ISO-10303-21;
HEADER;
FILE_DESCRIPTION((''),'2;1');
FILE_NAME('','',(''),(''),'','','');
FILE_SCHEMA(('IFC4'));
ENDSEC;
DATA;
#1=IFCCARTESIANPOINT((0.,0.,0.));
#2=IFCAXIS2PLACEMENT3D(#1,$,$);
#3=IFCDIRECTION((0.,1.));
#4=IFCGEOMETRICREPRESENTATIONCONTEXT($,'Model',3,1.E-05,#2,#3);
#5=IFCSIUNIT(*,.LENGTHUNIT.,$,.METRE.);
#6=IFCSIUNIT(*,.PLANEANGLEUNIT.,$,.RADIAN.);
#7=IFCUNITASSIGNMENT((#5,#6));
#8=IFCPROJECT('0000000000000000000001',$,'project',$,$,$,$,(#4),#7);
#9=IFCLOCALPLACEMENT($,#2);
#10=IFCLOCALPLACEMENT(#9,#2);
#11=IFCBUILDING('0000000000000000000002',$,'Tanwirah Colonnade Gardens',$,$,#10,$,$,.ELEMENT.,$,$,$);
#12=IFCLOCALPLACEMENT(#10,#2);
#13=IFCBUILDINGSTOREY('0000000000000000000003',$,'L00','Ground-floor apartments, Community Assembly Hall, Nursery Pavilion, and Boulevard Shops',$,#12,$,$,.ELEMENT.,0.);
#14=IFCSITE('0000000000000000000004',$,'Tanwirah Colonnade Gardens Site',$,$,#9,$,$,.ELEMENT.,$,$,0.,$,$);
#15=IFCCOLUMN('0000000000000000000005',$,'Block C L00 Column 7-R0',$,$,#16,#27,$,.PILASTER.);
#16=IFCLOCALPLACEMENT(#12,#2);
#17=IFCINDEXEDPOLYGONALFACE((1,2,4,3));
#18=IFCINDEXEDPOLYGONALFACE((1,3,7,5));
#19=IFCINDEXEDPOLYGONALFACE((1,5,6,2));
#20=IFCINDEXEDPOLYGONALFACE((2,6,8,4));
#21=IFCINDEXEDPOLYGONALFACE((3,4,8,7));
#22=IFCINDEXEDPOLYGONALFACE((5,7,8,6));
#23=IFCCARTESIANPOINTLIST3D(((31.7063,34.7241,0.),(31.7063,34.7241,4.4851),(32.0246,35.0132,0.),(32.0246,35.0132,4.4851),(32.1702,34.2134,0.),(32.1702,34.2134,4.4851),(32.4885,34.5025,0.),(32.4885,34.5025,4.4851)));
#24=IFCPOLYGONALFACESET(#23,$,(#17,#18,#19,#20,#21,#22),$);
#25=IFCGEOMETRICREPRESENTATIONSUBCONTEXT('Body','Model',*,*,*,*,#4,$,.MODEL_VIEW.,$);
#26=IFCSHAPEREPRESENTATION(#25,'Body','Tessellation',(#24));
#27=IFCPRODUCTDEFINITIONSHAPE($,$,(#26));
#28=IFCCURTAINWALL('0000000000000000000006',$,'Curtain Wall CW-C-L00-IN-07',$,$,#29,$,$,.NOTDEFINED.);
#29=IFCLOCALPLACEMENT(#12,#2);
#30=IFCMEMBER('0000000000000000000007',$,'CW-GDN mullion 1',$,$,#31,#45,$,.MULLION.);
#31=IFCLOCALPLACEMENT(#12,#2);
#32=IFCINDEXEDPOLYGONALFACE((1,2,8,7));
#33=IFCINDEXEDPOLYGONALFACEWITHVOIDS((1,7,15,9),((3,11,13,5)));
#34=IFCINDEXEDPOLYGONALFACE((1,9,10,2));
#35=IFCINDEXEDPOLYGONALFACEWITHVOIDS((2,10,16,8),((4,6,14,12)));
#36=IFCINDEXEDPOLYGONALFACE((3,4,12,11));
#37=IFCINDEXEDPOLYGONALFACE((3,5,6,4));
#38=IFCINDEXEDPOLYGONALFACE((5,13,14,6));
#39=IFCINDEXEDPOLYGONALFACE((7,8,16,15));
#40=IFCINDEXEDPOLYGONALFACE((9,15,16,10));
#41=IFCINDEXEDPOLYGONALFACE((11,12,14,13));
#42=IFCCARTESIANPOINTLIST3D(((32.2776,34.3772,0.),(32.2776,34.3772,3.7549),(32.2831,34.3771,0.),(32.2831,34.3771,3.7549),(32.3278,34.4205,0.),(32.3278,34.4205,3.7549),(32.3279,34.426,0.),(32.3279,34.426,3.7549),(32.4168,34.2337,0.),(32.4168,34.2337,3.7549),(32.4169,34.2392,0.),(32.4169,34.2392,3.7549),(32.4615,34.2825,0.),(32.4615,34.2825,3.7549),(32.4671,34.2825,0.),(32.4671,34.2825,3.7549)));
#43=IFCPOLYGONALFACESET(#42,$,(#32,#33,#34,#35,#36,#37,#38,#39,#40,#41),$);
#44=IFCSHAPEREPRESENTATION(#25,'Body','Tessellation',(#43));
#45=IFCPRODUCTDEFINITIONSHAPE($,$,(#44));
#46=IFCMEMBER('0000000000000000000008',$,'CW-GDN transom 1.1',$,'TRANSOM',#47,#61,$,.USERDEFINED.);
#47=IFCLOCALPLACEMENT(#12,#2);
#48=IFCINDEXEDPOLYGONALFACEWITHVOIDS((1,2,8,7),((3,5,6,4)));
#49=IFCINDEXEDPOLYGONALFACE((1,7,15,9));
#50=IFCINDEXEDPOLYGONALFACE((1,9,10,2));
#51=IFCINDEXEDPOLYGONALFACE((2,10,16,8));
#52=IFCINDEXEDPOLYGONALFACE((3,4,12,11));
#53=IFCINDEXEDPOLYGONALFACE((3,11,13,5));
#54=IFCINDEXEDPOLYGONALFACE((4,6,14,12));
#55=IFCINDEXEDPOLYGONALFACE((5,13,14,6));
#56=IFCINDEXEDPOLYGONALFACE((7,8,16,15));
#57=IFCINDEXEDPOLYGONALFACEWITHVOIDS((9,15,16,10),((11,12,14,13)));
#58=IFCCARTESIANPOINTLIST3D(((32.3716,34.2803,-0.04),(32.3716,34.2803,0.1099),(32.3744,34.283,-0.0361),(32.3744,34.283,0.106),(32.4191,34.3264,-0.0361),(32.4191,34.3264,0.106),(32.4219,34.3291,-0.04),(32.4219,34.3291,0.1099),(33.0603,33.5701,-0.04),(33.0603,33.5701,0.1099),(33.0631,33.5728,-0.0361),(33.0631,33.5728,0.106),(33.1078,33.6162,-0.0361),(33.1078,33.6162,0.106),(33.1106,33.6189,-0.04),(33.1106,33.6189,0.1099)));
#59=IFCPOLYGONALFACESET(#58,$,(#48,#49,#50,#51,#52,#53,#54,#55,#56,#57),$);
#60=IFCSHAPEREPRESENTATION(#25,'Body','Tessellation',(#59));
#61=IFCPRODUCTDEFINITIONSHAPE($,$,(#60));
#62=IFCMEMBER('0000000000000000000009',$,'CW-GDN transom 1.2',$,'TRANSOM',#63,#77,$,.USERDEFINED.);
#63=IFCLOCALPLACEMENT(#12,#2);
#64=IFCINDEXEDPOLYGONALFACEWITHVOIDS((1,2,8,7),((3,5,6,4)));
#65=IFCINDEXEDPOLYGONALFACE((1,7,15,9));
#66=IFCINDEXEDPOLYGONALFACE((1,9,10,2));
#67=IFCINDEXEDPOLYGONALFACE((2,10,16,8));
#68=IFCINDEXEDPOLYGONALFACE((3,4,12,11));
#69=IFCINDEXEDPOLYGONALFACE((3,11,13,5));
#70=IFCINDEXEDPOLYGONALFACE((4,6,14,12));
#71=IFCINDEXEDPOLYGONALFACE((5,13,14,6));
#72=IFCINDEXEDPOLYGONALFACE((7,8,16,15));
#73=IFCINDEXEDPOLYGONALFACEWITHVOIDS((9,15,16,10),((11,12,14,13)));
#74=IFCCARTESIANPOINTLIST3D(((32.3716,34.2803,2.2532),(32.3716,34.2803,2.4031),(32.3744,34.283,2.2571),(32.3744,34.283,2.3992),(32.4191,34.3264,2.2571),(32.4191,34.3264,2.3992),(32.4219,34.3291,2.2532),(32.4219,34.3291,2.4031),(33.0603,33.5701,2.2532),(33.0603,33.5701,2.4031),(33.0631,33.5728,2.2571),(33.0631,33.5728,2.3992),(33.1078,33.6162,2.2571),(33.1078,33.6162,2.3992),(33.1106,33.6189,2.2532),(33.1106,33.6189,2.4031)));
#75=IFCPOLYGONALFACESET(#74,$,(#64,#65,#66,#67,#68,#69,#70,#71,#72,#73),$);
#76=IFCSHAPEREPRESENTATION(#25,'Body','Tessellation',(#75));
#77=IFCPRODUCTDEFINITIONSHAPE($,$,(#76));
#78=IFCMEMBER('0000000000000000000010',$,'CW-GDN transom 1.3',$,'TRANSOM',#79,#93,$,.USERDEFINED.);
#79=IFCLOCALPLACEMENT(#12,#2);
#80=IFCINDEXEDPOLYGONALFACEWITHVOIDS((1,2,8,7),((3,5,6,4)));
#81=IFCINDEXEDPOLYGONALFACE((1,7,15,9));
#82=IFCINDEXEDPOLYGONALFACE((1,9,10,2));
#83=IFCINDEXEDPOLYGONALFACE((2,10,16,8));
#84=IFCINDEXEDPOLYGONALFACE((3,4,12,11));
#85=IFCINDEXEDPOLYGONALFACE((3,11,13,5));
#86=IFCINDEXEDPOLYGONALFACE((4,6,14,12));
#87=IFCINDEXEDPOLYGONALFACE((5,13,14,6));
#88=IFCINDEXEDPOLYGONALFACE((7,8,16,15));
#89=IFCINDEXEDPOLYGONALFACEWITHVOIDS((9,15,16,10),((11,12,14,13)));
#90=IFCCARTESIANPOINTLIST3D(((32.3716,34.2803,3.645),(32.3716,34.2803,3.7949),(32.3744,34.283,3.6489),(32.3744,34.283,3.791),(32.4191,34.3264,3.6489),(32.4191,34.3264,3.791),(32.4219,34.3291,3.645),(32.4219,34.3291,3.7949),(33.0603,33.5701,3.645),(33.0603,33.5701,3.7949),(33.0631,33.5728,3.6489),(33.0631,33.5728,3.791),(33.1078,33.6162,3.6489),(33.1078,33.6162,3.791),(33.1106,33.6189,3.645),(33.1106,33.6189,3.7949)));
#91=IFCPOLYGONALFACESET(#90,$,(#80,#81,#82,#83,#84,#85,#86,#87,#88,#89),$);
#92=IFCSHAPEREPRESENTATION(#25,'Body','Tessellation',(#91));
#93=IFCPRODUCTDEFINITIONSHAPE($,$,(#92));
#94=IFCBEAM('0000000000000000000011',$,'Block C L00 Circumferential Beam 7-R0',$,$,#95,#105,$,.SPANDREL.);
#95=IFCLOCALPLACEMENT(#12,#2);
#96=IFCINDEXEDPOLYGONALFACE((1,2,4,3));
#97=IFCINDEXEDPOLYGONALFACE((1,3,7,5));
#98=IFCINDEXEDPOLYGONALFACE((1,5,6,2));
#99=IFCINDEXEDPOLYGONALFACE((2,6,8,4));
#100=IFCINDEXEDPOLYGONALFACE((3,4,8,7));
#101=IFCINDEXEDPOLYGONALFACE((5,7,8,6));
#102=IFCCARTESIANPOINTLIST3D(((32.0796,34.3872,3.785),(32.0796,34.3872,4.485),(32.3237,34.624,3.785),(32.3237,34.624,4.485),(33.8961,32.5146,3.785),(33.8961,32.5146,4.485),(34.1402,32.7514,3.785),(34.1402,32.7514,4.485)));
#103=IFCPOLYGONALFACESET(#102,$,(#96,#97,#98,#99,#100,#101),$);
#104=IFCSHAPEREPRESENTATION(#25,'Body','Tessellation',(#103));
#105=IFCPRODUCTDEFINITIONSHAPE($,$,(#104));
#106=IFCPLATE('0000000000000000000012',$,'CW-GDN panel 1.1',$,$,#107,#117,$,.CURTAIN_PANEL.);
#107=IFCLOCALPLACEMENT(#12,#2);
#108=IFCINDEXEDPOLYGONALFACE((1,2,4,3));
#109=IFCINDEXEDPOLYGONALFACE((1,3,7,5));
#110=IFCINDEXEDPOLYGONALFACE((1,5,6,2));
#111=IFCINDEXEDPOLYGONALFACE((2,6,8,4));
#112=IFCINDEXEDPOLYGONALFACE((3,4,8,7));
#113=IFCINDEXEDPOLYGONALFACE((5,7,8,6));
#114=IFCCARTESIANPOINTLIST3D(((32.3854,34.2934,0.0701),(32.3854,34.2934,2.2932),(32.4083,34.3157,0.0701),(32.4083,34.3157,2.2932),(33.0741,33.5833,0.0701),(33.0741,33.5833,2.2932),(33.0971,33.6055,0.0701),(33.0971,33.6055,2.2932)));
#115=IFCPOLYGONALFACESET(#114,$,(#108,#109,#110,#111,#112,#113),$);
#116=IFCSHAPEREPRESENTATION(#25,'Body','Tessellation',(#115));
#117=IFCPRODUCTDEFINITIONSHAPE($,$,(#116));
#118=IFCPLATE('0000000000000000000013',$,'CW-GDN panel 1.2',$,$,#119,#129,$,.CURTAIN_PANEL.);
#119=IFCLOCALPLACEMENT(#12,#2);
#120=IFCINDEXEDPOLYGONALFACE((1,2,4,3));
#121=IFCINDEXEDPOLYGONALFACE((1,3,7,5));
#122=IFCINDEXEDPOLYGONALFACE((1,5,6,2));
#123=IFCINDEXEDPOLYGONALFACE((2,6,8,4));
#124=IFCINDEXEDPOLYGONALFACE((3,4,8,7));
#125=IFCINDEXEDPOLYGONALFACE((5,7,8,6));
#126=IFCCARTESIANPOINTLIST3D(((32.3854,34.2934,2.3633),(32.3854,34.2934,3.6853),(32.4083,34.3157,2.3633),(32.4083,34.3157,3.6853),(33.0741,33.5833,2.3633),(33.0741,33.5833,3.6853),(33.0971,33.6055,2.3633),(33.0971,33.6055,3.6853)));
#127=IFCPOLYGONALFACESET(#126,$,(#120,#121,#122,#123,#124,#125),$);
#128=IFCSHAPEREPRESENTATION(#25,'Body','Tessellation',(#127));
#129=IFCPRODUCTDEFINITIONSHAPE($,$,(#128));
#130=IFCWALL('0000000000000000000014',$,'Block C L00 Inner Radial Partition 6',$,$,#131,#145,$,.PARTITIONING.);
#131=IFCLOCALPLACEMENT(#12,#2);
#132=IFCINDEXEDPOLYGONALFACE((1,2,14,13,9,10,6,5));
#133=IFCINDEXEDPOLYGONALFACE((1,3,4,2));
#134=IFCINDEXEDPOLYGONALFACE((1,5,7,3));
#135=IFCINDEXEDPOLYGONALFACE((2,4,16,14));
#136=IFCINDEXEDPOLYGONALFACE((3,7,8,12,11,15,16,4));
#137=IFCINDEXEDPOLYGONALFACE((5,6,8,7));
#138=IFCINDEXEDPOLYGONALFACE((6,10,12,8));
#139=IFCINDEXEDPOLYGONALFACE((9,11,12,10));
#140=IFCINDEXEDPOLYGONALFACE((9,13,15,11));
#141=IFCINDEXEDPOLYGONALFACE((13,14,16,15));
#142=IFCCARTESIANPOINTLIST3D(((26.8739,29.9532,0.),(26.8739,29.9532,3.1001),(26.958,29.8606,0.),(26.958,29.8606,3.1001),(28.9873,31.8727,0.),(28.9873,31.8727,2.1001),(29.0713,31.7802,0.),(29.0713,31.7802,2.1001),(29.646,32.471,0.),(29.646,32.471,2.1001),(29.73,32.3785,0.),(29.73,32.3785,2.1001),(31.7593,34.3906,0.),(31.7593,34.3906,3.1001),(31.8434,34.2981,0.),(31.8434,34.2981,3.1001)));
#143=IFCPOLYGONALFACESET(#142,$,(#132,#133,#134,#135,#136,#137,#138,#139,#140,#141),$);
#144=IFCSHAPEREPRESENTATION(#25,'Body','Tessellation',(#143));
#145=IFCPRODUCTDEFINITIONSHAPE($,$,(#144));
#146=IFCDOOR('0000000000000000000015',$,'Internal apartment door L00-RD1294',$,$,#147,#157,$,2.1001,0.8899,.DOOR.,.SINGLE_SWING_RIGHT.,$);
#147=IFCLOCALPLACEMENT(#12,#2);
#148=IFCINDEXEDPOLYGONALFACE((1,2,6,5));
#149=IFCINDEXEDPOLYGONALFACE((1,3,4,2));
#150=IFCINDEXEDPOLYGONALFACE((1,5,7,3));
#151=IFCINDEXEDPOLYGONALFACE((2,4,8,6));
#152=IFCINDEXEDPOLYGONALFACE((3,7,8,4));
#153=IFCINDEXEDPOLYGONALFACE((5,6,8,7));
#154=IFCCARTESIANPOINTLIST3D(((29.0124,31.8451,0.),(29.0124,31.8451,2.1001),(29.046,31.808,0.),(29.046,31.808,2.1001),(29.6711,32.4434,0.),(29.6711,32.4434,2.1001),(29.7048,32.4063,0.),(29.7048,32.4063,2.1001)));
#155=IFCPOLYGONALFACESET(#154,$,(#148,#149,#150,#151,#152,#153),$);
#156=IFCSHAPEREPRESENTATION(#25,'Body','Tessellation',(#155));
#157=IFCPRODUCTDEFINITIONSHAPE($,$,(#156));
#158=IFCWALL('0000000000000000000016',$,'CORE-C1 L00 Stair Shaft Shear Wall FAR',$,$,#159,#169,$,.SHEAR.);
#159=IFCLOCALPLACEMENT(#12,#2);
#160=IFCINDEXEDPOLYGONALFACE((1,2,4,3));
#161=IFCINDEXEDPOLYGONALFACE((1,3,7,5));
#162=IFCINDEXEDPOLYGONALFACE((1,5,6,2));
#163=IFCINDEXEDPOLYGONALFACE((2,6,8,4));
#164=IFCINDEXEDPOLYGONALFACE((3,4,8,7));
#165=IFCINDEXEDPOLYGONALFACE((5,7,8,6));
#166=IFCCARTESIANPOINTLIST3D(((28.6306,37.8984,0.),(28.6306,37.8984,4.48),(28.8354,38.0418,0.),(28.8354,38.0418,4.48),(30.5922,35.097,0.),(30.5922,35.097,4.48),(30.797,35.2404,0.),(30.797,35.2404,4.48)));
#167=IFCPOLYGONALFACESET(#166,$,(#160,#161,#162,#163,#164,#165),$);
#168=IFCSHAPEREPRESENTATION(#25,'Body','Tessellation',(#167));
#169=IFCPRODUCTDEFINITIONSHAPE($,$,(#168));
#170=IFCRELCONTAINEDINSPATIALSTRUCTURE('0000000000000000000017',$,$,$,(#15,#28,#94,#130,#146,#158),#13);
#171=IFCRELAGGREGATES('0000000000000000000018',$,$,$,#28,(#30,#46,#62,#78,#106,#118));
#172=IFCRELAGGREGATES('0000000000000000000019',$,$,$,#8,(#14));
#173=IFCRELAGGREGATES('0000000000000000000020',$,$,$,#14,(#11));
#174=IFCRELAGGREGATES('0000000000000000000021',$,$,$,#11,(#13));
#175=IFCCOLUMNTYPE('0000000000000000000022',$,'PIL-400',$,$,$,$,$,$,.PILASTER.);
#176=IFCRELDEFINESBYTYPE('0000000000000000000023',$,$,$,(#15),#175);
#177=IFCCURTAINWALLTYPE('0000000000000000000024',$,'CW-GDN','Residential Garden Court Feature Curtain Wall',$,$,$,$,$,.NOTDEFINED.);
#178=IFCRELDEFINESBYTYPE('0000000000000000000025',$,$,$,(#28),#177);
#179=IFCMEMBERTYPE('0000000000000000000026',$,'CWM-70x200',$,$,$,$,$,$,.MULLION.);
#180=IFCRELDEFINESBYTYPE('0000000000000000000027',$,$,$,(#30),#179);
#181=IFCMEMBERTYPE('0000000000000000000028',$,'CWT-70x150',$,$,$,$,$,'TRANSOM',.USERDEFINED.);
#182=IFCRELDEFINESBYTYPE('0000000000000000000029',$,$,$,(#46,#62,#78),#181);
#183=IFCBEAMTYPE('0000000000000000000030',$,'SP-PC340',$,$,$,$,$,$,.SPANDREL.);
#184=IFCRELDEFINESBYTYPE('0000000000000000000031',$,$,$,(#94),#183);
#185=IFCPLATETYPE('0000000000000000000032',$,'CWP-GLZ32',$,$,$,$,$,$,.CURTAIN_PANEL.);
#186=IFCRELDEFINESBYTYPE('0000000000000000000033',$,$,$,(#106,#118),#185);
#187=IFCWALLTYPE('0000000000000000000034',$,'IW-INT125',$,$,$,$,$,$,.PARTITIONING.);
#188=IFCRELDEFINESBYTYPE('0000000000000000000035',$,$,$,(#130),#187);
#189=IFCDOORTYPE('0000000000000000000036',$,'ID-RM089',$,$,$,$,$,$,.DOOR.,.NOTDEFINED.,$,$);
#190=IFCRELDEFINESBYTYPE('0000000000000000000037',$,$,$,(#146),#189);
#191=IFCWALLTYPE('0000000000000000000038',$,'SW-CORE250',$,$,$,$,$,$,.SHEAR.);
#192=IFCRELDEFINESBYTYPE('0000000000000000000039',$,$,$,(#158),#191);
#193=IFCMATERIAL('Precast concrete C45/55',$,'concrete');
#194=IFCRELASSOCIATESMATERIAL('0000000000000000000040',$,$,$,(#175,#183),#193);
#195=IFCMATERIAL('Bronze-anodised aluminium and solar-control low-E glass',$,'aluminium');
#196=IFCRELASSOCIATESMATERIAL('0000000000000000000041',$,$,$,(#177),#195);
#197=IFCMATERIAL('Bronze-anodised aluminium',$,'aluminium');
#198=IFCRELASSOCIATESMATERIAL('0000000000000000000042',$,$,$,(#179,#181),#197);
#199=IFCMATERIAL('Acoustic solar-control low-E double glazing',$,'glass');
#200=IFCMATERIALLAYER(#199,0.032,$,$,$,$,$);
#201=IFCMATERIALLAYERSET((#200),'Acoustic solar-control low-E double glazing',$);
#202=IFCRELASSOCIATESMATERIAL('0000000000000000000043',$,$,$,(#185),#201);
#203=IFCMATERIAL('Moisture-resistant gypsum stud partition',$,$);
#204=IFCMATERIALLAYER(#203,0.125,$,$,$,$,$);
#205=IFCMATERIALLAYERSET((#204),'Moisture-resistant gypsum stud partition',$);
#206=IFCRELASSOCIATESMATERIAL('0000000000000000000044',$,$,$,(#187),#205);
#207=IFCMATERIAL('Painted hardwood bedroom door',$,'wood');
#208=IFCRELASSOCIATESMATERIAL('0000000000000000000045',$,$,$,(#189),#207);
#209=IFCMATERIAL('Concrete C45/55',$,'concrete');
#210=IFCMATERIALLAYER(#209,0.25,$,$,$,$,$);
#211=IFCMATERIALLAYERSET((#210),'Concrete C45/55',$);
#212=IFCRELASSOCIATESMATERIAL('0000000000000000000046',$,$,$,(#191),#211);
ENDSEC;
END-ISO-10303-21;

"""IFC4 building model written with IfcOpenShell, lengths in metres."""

from ifc_helpers import new_model, si_unit, direction, frame, frame_2d, origin, origin_2d, place, context, subcontext, project, spatial, rectangle, hollow_rectangle, extrude, material, layer, layer_set, material_profile, profile_set, type_object, element, fill, aggregate, save


model = new_model("IFC4")

# Units and contexts
model_context = context("Model", 3, precision=1e-05, world=origin(), true_north=direction((0.0, 1.0)))
body_context = subcontext(model_context, "Body", "Model", "MODEL_VIEW")
ifc_project = project(units=[si_unit("LENGTHUNIT", "METRE"), si_unit("PLANEANGLEUNIT", "RADIAN")], contexts=[model_context])

# Site, building, storey
site_placement = place(None, origin())
site = spatial("IfcSite", under=ifc_project, at=site_placement, Name="Tanwirah Colonnade Gardens Site", CompositionType="ELEMENT", RefElevation=0.0)
building_placement = place(site_placement, origin())
building = spatial("IfcBuilding", under=site, at=building_placement, Name="Tanwirah Colonnade Gardens", CompositionType="ELEMENT")
storey_placement = place(building_placement, origin())
storey = spatial("IfcBuildingStorey", under=building, at=storey_placement, Name="L00", Description="Ground-floor apartments, Community Assembly Hall, Nursery Pavilion, and Boulevard Shops", CompositionType="ELEMENT", Elevation=0.0)

# Column
ifc_material_1 = material(Name="Precast concrete C45/55", Category="concrete")
ifc_material_profile_1 = material_profile(ifc_material_1, rectangle(XDim=0.4299, YDim=0.6899, at=origin_2d()), Name="PC-PIL 430x690")
ifc_profile_set_1 = profile_set([ifc_material_profile_1], Name="Precast concrete C45/55")
column_type = type_object("IfcColumnType", Name="PIL-400", PredefinedType="PILASTER", material=ifc_profile_set_1)
column_placement = place(storey_placement, frame((32.0974, 34.6133, 0.0), z_axis=(0.0, 0.0, 1.0), x_axis=(-0.740218, -0.672367, 0.0)))
element("IfcColumn", 1, at=column_placement, inside=storey, type_object=column_type, Name="Block C L00 Column 7-R0", PredefinedType="PILASTER", context=body_context, shape_type="SweptSolid", body=[
    extrude(rectangle(XDim=0.4299, YDim=0.6899, at=origin_2d()), origin(), (0.0, 0.0, 1.0), 4.4851),
])

# Curtain wall, members
ifc_material_2 = material(Name="Bronze-anodised aluminium and solar-control low-E glass", Category="aluminium")
curtain_wall_type = type_object("IfcCurtainWallType", Name="CW-GDN", Description="Residential Garden Court Feature Curtain Wall", PredefinedType="NOTDEFINED", material=ifc_material_2)
curtain_wall_placement = place(storey_placement, origin())
curtain_wall = element("IfcCurtainWall", 2, at=curtain_wall_placement, inside=storey, type_object=curtain_wall_type, Name="Curtain Wall CW-C-L00-IN-07", PredefinedType="NOTDEFINED")
ifc_material_3 = material(Name="Bronze-anodised aluminium", Category="aluminium")
ifc_material_profile_2 = material_profile(ifc_material_3, hollow_rectangle(XDim=0.0701, YDim=0.2, WallThickness=0.0039, at=origin_2d()), Name="CW-MUL 70x200x4")
ifc_profile_set_2 = profile_set([ifc_material_profile_2], Name="Bronze-anodised aluminium")
member_type_1 = type_object("IfcMemberType", Name="CWM-70x200", PredefinedType="MULLION", material=ifc_profile_set_2)
member_1_placement = place(storey_placement, frame((32.3723, 34.3298, 0.0), z_axis=(0.0, 0.0, 1.0), x_axis=(0.717825, 0.696223, 0.0)))
member_1 = element("IfcMember", 3, at=member_1_placement, type_object=member_type_1, Name="CW-GDN mullion 1", PredefinedType="MULLION", context=body_context, shape_type="SweptSolid", body=[
    extrude(hollow_rectangle(XDim=0.0701, YDim=0.2, WallThickness=0.0039, at=origin_2d()), origin(), (0.0, 0.0, 1.0), 3.7549),
])
ifc_material_profile_3 = material_profile(ifc_material_3, hollow_rectangle(XDim=0.0701, YDim=0.1499, WallThickness=0.0039, at=origin_2d()), Name="CW-TRN 70x150x4")
ifc_profile_set_3 = profile_set([ifc_material_profile_3], Name="Bronze-anodised aluminium")
member_type_2 = type_object("IfcMemberType", Name="CWT-70x150", ElementType="TRANSOM", PredefinedType="USERDEFINED", material=ifc_profile_set_3)
member_2_placement = place(storey_placement, frame((32.3967, 34.3047, 0.0349), z_axis=(0.696165, -0.717882, 0.0), x_axis=(0.717882, 0.696165, 0.0)))
member_2 = element("IfcMember", 4, at=member_2_placement, type_object=member_type_2, Name="CW-GDN transom 1.1", ObjectType="TRANSOM", PredefinedType="USERDEFINED", context=body_context, shape_type="SweptSolid", body=[
    extrude(hollow_rectangle(XDim=0.0701, YDim=0.1499, WallThickness=0.0039, at=origin_2d()), origin(), (0.0, 0.0, 1.0), 0.9893),
])
member_3_placement = place(storey_placement, frame((32.3967, 34.3047, 2.3281), z_axis=(0.696165, -0.717882, 0.0), x_axis=(0.717882, 0.696165, 0.0)))
member_3 = element("IfcMember", 5, at=member_3_placement, type_object=member_type_2, Name="CW-GDN transom 1.2", ObjectType="TRANSOM", PredefinedType="USERDEFINED", context=body_context, shape_type="SweptSolid", body=[
    extrude(hollow_rectangle(XDim=0.0701, YDim=0.1499, WallThickness=0.0039, at=origin_2d()), origin(), (0.0, 0.0, 1.0), 0.9893),
])
member_4_placement = place(storey_placement, frame((32.3967, 34.3047, 3.72), z_axis=(0.696165, -0.717882, 0.0), x_axis=(0.717882, 0.696165, 0.0)))
member_4 = element("IfcMember", 6, at=member_4_placement, type_object=member_type_2, Name="CW-GDN transom 1.3", ObjectType="TRANSOM", PredefinedType="USERDEFINED", context=body_context, shape_type="SweptSolid", body=[
    extrude(hollow_rectangle(XDim=0.0701, YDim=0.1499, WallThickness=0.0039, at=origin_2d()), origin(), (0.0, 0.0, 1.0), 0.9893),
])

# Beam
ifc_material_profile_4 = material_profile(ifc_material_1, rectangle(XDim=0.3401, YDim=0.7, at=origin_2d()), Name="PC-SP 340x700")
ifc_profile_set_4 = profile_set([ifc_material_profile_4], Name="Precast concrete C45/55")
beam_type = type_object("IfcBeamType", Name="SP-PC340", PredefinedType="SPANDREL", material=ifc_profile_set_4)
beam_placement = place(storey_placement, frame((32.2017, 34.5056, 4.135), z_axis=(0.696263, -0.717787, 0.0), x_axis=(0.717787, 0.696263, 0.0)))
element("IfcBeam", 7, at=beam_placement, inside=storey, type_object=beam_type, Name="Block C L00 Circumferential Beam 7-R0", PredefinedType="SPANDREL", context=body_context, shape_type="SweptSolid", body=[
    extrude(rectangle(XDim=0.3401, YDim=0.7, at=origin_2d()), origin(), (0.0, 0.0, 1.0), 2.6089),
])

# Plates
ifc_material_4 = material(Name="Acoustic solar-control low-E double glazing", Category="glass")
ifc_layer_1 = layer(ifc_material_4, 0.032)
ifc_layer_set_1 = layer_set([ifc_layer_1], Name="Acoustic solar-control low-E double glazing")
plate_type = type_object("IfcPlateType", Name="CWP-GLZ32", PredefinedType="CURTAIN_PANEL", material=ifc_layer_set_1)
plate_1_placement = place(storey_placement, frame((32.7412, 33.9495, 0.0701), z_axis=(0.0, 0.0, 1.0), x_axis=(0.696223, -0.717825, 0.0)))
plate_1 = element("IfcPlate", 8, at=plate_1_placement, type_object=plate_type, Name="CW-GDN panel 1.1", PredefinedType="CURTAIN_PANEL", context=body_context, shape_type="SweptSolid", body=[
    extrude(rectangle(XDim=0.9893, YDim=0.032, at=origin_2d()), origin(), (0.0, 0.0, 1.0), 2.2231),
])
plate_2_placement = place(storey_placement, frame((32.7412, 33.9495, 2.3633), z_axis=(0.0, 0.0, 1.0), x_axis=(0.696223, -0.717825, 0.0)))
plate_2 = element("IfcPlate", 9, at=plate_2_placement, type_object=plate_type, Name="CW-GDN panel 1.2", PredefinedType="CURTAIN_PANEL", context=body_context, shape_type="SweptSolid", body=[
    extrude(rectangle(XDim=0.9893, YDim=0.032, at=origin_2d()), origin(), (0.0, 0.0, 1.0), 1.322),
])
aggregate(curtain_wall, [member_1, member_2, member_3, member_4, plate_1, plate_2])

# Wall, opening, door
ifc_material_5 = material(Name="Moisture-resistant gypsum stud partition")
ifc_layer_2 = layer(ifc_material_5, 0.125)
ifc_layer_set_2 = layer_set([ifc_layer_2], Name="Moisture-resistant gypsum stud partition")
wall_type_1 = type_object("IfcWallType", Name="IW-INT125", PredefinedType="PARTITIONING", material=ifc_layer_set_2)
wall_1_placement = place(storey_placement, frame((31.8013, 34.3442, 0.0), z_axis=(0.0, 0.0, 1.0), x_axis=(-0.740231, -0.672352, 0.0)))
wall_1 = element("IfcWall", 10, at=wall_1_placement, inside=storey, type_object=wall_type_1, Name="Block C L00 Inner Radial Partition 6", PredefinedType="PARTITIONING", context=body_context, shape_type="SweptSolid", body=[
    extrude(rectangle(XDim=6.5999, YDim=0.125, at=frame_2d((3.2998, 0.0))), origin(), (0.0, 0.0, 1.0), 3.1001),
])
opening_1_placement = place(wall_1_placement, frame((2.855, 0.0, 0.0)))
opening_1 = element("IfcOpeningElement", 11, at=opening_1_placement, cuts=wall_1, PredefinedType="OPENING", context=body_context, shape_type="SweptSolid", body=[
    extrude(rectangle(XDim=0.8899, YDim=2.1001, at=frame_2d((0.4448, 1.05))), frame((0.0, 0.0725, 0.0), z_axis=(0.0, -1.0, 0.0), x_axis=(1.0, 0.0, 0.0)), (0.0, 0.0, 1.0), 0.145),
])
ifc_material_6 = material(Name="Painted hardwood bedroom door", Category="wood")
door_type_1 = type_object("IfcDoorType", Name="ID-RM089", OperationType="NOTDEFINED", PredefinedType="DOOR", material=ifc_material_6)
door_1_placement = place(opening_1_placement, origin())
door_1 = element("IfcDoor", 12, at=door_1_placement, inside=storey, type_object=door_type_1, Name="Internal apartment door L00-RD1294", OperationType="SINGLE_SWING_RIGHT", OverallHeight=2.1001, OverallWidth=0.8899, PredefinedType="DOOR", context=body_context, shape_type="SweptSolid", body=[
    extrude(rectangle(XDim=0.8899, YDim=2.1001, at=frame_2d((0.4448, 1.05))), frame((0.0, 0.0249, 0.0), z_axis=(0.0, -1.0, 0.0), x_axis=(1.0, 0.0, 0.0)), (0.0, 0.0, 1.0), 0.05),
])
fill(opening_1, door_1)

# Wall
ifc_material_7 = material(Name="Concrete C45/55", Category="concrete")
ifc_layer_3 = layer(ifc_material_7, 0.25)
ifc_layer_set_3 = layer_set([ifc_layer_3], Name="Concrete C45/55")
wall_type_2 = type_object("IfcWallType", Name="SW-CORE250", PredefinedType="SHEAR", material=ifc_layer_set_3)
wall_2_placement = place(storey_placement, frame((30.6946, 35.1687, 0.0), z_axis=(0.0, 0.0, 1.0), x_axis=(-0.573582, 0.819148, 0.0)))
element("IfcWall", 13, at=wall_2_placement, inside=storey, type_object=wall_type_2, Name="CORE-C1 L00 Stair Shaft Shear Wall FAR", PredefinedType="SHEAR", context=body_context, shape_type="SweptSolid", body=[
    extrude(rectangle(XDim=3.4199, YDim=0.25, at=frame_2d((1.71, 0.0))), origin(), (0.0, 0.0, 1.0), 4.48),
])

save(model, "model.ifc")
